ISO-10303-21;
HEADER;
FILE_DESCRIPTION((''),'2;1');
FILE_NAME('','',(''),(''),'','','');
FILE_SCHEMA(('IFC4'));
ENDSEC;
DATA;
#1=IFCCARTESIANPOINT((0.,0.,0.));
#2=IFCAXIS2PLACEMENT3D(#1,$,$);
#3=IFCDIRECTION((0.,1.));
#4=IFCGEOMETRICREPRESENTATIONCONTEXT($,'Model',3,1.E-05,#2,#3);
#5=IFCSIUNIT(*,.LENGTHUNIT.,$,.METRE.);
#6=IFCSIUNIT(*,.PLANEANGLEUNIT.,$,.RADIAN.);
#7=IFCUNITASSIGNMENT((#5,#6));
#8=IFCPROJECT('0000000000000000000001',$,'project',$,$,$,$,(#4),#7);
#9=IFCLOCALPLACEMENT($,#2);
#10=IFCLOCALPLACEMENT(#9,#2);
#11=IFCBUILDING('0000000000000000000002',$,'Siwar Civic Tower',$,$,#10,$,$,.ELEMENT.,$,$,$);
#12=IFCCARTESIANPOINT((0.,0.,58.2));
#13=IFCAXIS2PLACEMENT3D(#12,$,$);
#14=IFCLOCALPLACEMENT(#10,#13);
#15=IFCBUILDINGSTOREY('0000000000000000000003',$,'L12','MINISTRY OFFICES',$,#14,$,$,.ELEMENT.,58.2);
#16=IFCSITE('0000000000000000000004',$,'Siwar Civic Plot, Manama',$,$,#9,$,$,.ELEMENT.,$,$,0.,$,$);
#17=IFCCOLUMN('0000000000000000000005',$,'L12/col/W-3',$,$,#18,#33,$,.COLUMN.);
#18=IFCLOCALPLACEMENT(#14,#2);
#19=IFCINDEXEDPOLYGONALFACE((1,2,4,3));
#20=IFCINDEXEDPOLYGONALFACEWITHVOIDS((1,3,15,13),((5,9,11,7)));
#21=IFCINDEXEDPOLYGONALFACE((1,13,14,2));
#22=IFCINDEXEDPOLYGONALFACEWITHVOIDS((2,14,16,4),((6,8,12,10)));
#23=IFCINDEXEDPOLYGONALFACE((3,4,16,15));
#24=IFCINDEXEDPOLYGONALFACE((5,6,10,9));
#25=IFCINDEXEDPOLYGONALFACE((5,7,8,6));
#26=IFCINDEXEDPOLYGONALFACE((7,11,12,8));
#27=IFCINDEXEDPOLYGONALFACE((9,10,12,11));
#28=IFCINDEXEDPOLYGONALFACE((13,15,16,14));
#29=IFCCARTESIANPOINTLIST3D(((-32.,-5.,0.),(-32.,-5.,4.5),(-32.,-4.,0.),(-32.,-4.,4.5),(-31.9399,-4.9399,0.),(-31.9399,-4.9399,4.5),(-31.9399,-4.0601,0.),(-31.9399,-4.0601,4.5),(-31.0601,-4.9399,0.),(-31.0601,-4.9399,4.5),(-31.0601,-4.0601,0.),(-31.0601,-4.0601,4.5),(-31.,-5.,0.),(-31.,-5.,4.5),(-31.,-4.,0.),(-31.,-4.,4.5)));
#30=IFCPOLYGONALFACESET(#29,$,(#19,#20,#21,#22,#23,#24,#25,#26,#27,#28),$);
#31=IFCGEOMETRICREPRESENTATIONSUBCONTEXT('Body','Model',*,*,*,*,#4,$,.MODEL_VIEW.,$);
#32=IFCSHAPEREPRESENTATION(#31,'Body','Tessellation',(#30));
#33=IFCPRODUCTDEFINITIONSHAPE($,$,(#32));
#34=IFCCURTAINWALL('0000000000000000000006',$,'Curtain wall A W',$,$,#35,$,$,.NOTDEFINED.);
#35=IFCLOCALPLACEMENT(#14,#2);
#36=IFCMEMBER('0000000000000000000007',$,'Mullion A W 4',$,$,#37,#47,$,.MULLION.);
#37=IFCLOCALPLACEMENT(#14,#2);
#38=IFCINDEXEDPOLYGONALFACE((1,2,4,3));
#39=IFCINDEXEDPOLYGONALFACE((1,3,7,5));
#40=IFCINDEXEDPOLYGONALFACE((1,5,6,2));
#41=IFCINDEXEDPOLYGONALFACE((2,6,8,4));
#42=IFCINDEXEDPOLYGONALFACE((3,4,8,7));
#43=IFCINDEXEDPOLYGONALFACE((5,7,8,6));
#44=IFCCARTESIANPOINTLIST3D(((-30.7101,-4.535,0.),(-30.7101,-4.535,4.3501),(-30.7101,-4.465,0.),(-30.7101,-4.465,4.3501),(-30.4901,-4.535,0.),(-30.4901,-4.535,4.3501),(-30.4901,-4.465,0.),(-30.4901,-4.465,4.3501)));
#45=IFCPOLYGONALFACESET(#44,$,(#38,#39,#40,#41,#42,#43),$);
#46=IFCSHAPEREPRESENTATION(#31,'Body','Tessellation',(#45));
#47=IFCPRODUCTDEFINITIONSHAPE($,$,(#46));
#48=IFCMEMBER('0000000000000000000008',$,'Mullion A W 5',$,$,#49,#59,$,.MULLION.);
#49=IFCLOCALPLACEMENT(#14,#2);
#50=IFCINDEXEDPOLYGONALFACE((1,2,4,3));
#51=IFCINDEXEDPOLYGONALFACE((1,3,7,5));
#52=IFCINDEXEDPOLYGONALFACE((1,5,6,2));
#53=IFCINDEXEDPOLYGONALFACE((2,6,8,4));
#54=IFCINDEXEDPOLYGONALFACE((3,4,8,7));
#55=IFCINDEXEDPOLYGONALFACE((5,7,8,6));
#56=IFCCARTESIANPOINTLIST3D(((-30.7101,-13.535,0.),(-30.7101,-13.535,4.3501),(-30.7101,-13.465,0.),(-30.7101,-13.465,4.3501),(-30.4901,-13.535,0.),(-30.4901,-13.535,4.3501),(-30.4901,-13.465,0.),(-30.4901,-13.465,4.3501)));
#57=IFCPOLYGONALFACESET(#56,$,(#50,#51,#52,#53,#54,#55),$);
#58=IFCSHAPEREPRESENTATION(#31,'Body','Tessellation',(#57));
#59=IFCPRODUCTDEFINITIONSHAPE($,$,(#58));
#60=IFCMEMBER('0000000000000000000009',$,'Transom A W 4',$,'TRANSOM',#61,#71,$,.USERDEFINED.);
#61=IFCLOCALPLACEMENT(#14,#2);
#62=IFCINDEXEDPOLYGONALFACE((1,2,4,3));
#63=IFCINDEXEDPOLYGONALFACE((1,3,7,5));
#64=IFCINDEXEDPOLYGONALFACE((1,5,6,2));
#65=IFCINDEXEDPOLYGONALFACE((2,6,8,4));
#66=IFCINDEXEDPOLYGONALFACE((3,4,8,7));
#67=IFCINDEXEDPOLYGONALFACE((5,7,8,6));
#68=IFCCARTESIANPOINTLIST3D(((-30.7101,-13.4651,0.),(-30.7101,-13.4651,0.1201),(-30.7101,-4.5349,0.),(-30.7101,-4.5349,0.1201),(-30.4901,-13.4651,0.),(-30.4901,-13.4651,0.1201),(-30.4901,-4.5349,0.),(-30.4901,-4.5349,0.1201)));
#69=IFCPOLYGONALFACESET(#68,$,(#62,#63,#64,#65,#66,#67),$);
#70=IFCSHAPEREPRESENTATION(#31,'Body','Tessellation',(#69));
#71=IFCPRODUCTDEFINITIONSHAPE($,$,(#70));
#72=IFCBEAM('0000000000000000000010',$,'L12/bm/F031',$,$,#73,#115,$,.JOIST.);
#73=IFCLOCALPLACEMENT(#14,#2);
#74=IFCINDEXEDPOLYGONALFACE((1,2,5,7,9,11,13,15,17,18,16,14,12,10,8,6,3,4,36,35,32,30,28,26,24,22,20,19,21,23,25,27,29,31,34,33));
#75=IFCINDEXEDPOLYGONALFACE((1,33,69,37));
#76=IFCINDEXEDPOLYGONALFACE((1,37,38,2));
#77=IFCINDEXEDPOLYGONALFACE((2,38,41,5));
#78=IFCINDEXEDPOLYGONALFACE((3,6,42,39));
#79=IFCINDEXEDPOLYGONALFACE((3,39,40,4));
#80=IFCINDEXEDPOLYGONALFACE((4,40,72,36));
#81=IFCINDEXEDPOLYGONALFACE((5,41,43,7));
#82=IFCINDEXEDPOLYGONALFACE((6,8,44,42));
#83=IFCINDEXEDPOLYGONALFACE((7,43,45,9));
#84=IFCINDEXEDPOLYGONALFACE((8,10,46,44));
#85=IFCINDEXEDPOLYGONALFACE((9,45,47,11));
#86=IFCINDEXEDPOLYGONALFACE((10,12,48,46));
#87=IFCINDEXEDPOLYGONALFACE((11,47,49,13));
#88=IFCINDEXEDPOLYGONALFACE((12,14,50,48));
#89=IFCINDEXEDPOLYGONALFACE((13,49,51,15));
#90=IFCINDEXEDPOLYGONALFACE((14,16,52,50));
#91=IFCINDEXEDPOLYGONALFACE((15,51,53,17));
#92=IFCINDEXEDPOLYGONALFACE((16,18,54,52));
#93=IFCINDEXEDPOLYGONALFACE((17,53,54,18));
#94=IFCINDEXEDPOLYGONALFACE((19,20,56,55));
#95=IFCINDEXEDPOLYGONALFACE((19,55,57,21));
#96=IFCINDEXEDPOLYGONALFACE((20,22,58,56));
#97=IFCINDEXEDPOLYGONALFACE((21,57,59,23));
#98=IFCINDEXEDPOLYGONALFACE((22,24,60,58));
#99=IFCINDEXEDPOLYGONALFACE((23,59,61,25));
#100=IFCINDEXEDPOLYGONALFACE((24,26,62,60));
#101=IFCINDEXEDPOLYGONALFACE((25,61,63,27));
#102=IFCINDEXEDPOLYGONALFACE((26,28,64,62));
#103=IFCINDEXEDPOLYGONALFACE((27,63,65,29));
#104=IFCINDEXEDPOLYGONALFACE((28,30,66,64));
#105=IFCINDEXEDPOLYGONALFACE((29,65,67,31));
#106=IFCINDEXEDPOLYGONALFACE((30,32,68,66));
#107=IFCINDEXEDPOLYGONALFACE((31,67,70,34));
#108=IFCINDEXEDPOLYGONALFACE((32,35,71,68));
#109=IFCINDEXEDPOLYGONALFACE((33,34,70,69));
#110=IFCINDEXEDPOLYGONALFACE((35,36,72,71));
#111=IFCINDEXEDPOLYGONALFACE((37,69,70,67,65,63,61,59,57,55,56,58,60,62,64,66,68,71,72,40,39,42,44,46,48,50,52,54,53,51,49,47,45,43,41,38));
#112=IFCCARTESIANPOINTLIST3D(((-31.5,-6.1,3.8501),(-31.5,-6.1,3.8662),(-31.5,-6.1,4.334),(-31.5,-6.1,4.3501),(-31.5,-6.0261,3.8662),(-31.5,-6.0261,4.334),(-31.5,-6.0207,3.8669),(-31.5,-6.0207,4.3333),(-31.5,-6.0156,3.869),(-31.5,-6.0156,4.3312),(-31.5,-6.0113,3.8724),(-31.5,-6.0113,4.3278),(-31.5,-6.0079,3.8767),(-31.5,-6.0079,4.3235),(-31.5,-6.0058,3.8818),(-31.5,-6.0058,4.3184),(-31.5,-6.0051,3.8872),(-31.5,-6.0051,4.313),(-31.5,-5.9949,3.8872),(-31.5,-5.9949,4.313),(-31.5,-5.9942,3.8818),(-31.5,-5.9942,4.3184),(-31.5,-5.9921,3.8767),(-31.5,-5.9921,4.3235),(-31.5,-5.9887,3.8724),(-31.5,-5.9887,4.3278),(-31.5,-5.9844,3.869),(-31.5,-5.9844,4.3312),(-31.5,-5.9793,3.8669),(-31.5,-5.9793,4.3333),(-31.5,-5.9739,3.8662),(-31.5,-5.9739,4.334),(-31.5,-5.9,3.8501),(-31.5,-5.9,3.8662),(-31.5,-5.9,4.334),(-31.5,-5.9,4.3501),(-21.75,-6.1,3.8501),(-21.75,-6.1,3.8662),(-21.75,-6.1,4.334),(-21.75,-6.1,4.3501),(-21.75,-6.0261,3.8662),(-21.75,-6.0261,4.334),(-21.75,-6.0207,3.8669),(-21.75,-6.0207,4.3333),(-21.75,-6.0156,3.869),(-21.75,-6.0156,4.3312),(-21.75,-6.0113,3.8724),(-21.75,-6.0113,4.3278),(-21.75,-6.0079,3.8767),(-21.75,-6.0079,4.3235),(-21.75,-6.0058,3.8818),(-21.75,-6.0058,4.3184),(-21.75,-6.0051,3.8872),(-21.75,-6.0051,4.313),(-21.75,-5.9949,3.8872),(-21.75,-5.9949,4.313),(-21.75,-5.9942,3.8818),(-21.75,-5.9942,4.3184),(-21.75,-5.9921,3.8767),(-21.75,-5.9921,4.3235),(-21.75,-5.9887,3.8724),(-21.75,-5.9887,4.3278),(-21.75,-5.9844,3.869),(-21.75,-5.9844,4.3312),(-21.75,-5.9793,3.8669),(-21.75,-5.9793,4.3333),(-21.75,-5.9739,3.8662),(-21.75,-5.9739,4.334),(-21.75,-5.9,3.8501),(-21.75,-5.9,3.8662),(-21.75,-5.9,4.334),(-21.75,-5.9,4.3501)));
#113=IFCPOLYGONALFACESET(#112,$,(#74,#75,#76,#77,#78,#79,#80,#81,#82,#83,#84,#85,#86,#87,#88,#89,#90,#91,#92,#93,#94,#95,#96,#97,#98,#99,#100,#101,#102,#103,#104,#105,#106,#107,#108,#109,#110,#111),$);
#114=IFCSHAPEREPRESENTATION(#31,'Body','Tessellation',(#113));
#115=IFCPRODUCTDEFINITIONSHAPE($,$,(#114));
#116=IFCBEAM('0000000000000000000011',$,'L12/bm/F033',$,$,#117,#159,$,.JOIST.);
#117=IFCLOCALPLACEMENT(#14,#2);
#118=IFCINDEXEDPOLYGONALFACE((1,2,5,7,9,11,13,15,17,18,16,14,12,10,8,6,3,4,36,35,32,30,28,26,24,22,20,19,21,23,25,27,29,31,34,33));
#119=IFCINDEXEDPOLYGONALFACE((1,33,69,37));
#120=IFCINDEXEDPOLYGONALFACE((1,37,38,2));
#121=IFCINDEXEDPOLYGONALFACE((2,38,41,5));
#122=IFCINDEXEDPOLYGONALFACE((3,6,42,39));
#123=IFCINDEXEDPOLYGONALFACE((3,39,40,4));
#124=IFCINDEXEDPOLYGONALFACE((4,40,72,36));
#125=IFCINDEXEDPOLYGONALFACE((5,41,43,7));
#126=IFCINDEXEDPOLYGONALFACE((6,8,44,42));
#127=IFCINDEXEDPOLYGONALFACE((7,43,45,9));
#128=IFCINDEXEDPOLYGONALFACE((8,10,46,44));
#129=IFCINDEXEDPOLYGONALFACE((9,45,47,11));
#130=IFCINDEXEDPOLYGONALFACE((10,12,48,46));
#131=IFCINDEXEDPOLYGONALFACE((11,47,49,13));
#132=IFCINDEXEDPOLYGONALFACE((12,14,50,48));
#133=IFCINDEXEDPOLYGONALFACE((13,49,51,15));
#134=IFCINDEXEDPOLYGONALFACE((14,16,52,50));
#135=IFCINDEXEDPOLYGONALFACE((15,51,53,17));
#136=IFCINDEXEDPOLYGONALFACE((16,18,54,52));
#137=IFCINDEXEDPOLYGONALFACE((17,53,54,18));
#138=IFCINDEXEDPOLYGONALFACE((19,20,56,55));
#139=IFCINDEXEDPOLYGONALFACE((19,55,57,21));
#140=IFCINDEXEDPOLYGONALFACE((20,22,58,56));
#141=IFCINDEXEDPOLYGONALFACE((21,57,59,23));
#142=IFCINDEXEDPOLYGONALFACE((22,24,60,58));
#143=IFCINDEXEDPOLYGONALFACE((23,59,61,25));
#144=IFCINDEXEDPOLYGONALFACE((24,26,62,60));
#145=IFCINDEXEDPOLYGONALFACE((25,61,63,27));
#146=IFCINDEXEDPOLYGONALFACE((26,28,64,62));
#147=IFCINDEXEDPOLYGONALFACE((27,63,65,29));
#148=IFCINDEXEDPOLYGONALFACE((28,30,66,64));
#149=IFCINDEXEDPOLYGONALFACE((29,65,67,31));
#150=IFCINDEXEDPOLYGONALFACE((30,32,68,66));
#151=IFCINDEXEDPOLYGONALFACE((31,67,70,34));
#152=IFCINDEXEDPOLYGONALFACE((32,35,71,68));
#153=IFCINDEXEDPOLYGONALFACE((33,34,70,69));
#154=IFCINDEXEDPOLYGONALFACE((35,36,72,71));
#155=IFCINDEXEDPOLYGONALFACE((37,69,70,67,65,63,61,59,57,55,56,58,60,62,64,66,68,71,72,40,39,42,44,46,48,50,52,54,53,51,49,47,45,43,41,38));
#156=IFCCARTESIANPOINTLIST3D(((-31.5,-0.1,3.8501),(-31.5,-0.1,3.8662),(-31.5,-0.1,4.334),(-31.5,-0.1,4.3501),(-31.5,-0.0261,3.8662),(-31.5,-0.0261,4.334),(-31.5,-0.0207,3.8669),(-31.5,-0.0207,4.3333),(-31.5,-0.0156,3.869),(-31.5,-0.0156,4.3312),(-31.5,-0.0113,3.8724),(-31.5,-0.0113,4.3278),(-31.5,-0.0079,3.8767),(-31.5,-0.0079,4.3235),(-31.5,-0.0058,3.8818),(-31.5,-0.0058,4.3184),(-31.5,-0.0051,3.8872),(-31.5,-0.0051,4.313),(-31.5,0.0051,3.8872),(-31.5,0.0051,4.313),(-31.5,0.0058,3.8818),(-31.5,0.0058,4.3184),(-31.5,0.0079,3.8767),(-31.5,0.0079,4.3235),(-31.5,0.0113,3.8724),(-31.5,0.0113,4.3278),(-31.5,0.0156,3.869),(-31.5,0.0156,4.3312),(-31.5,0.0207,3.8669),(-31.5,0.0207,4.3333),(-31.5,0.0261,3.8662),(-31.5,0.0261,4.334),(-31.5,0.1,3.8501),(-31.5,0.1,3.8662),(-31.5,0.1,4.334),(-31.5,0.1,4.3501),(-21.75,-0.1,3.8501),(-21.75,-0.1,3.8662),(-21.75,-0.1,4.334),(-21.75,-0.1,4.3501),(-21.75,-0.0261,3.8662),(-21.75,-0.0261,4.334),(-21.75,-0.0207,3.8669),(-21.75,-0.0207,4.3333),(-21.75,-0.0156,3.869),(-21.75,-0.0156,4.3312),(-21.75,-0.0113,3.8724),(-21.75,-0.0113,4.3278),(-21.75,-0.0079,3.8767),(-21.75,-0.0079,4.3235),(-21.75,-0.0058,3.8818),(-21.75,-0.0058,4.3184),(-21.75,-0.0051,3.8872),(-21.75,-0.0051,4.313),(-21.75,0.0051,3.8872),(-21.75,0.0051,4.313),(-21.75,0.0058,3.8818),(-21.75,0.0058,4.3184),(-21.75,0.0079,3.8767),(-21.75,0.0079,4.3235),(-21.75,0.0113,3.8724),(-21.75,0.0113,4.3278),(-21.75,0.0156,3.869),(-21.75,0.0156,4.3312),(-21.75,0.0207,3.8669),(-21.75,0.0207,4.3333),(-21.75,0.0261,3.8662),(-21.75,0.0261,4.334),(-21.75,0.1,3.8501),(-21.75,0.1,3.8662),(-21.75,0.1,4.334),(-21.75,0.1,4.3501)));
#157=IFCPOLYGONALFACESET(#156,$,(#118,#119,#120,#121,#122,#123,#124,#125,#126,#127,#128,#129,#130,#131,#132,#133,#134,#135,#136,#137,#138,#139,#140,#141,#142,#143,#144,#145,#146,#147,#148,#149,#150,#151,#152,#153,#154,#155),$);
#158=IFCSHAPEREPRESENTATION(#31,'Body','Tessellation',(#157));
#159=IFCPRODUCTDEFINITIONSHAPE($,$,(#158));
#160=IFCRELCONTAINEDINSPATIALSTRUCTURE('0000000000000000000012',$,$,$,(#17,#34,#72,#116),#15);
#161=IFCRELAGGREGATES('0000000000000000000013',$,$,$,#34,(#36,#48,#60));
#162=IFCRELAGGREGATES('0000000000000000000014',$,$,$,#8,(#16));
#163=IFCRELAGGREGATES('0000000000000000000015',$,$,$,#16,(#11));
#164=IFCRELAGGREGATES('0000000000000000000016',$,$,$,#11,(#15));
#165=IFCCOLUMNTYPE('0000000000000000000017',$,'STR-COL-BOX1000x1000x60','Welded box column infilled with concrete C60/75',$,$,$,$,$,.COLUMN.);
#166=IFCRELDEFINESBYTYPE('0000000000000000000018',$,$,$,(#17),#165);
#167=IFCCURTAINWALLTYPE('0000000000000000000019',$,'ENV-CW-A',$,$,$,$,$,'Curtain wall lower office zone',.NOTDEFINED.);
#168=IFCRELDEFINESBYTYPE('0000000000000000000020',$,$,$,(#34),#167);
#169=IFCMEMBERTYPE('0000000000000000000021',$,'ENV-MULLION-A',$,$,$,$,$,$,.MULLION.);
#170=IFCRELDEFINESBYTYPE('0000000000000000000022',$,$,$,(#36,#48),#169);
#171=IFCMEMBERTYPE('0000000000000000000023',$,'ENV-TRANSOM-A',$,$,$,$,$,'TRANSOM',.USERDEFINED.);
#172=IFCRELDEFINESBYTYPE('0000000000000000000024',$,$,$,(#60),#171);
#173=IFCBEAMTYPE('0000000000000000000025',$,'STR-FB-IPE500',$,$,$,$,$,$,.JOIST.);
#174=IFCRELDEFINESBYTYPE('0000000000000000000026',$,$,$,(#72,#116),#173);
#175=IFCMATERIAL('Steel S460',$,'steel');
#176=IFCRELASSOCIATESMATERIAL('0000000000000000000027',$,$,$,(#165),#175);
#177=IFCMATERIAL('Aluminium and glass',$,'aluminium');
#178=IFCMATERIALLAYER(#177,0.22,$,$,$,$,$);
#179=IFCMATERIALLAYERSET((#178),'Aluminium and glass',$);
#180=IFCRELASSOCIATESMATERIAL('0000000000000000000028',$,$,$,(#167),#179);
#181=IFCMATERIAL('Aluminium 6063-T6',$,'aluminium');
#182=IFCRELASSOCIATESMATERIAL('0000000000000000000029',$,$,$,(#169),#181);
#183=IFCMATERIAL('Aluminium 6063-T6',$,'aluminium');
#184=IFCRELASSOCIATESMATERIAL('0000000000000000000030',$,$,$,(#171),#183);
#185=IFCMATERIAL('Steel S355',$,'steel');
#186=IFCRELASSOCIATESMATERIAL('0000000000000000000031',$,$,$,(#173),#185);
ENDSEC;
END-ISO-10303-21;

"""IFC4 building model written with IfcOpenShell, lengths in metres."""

from ifc_helpers import new_model, si_unit, direction, frame, origin, origin_2d, place, context, subcontext, project, spatial, rectangle, hollow_rectangle, i_section, extrude, material, layer, layer_set, material_profile, profile_set, type_object, element, aggregate, save


model = new_model("IFC4")

# Units and contexts
model_context = context("Model", 3, precision=1e-05, world=origin(), true_north=direction((0.0, 1.0)))
body_context = subcontext(model_context, "Body", "Model", "MODEL_VIEW")
ifc_project = project(units=[si_unit("LENGTHUNIT", "METRE"), si_unit("PLANEANGLEUNIT", "RADIAN")], contexts=[model_context])

# Site, building, storey
site_placement = place(None, origin())
site = spatial("IfcSite", under=ifc_project, at=site_placement, Name="Siwar Civic Plot, Manama", CompositionType="ELEMENT", RefElevation=0.0)
building_placement = place(site_placement, origin())
building = spatial("IfcBuilding", under=site, at=building_placement, Name="Siwar Civic Tower", CompositionType="ELEMENT")
storey_placement = place(building_placement, frame((0.0, 0.0, 58.2)))
storey = spatial("IfcBuildingStorey", under=building, at=storey_placement, Name="L12", Description="MINISTRY OFFICES", CompositionType="ELEMENT", Elevation=58.2)

# Column
ifc_material_1 = material(Name="Steel S460", Category="steel")
ifc_material_profile_1 = material_profile(ifc_material_1, hollow_rectangle(XDim=1.0, YDim=1.0, WallThickness=0.0601, at=origin_2d()), Name="BOX1000x1000x60")
ifc_profile_set_1 = profile_set([ifc_material_profile_1], Name="Steel S460")
column_type = type_object("IfcColumnType", Name="STR-COL-BOX1000x1000x60", Description="Welded box column infilled with concrete C60/75", PredefinedType="COLUMN", material=ifc_profile_set_1)
column_placement = place(storey_placement, frame((-31.5, -4.5, 0.0), z_axis=(0.0, 0.0, 1.0), x_axis=(1.0, 0.0, 0.0)))
element("IfcColumn", 1, at=column_placement, inside=storey, type_object=column_type, Name="L12/col/W-3", PredefinedType="COLUMN", context=body_context, shape_type="SweptSolid", body=[
    extrude(hollow_rectangle(XDim=1.0, YDim=1.0, WallThickness=0.0601, at=origin_2d()), origin(), (0.0, 0.0, 1.0), 4.5),
])

# Curtain wall, members
ifc_material_2 = material(Name="Aluminium and glass", Category="aluminium")
ifc_layer_1 = layer(ifc_material_2, 0.22)
ifc_layer_set_1 = layer_set([ifc_layer_1], Name="Aluminium and glass")
curtain_wall_type = type_object("IfcCurtainWallType", Name="ENV-CW-A", ElementType="Curtain wall lower office zone", PredefinedType="NOTDEFINED", material=ifc_layer_set_1)
curtain_wall_placement = place(storey_placement, origin())
curtain_wall = element("IfcCurtainWall", 2, at=curtain_wall_placement, inside=storey, type_object=curtain_wall_type, Name="Curtain wall A W", PredefinedType="NOTDEFINED")
ifc_material_3 = material(Name="Aluminium 6063-T6", Category="aluminium")
ifc_material_profile_2 = material_profile(ifc_material_3, rectangle(XDim=0.22, YDim=0.0701, at=origin_2d()), Name="AL 220x70")
ifc_profile_set_2 = profile_set([ifc_material_profile_2], Name="Aluminium 6063-T6")
member_type_1 = type_object("IfcMemberType", Name="ENV-MULLION-A", PredefinedType="MULLION", material=ifc_profile_set_2)
member_1_placement = place(storey_placement, frame((-30.6001, -4.5, 0.0), z_axis=(0.0, 0.0, 1.0), x_axis=(1.0, 0.0, 0.0)))
member_1 = element("IfcMember", 3, at=member_1_placement, type_object=member_type_1, Name="Mullion A W 4", PredefinedType="MULLION", context=body_context, shape_type="SweptSolid", body=[
    extrude(rectangle(XDim=0.22, YDim=0.0701, at=origin_2d()), origin(), (0.0, 0.0, 1.0), 4.3501),
])
member_2_placement = place(storey_placement, frame((-30.6001, -13.5, 0.0), z_axis=(0.0, 0.0, 1.0), x_axis=(1.0, 0.0, 0.0)))
member_2 = element("IfcMember", 4, at=member_2_placement, type_object=member_type_1, Name="Mullion A W 5", PredefinedType="MULLION", context=body_context, shape_type="SweptSolid", body=[
    extrude(rectangle(XDim=0.22, YDim=0.0701, at=origin_2d()), origin(), (0.0, 0.0, 1.0), 4.3501),
])
ifc_material_4 = material(Name="Aluminium 6063-T6", Category="aluminium")
ifc_material_profile_3 = material_profile(ifc_material_4, rectangle(XDim=0.22, YDim=0.1201, at=origin_2d()), Name="AL 220x120")
ifc_profile_set_3 = profile_set([ifc_material_profile_3], Name="Aluminium 6063-T6")
member_type_2 = type_object("IfcMemberType", Name="ENV-TRANSOM-A", ElementType="TRANSOM", PredefinedType="USERDEFINED", material=ifc_profile_set_3)
member_3_placement = place(storey_placement, frame((-30.6001, -4.5349, 0.0601), z_axis=(0.0, -1.0, 0.0), x_axis=(1.0, 0.0, 0.0)))
member_3 = element("IfcMember", 5, at=member_3_placement, type_object=member_type_2, Name="Transom A W 4", ObjectType="TRANSOM", PredefinedType="USERDEFINED", context=body_context, shape_type="SweptSolid", body=[
    extrude(rectangle(XDim=0.22, YDim=0.1201, at=origin_2d()), origin(), (0.0, 0.0, 1.0), 8.9302),
])

# Beams
ifc_material_5 = material(Name="Steel S355", Category="steel")
ifc_material_profile_4 = material_profile(ifc_material_5, i_section(OverallWidth=0.2, OverallDepth=0.5, WebThickness=0.0103, FlangeThickness=0.0161, FilletRadius=0.021, at=origin_2d()), Name="IPE500")
ifc_profile_set_4 = profile_set([ifc_material_profile_4], Name="Steel S355")
beam_type_1 = type_object("IfcBeamType", Name="STR-FB-IPE500", PredefinedType="JOIST", material=ifc_profile_set_4)
for number, where, z_axis, x_axis, name in (
    (6, (-31.5, -6.0, 4.1001), (1.0, 0.0, 0.0), (0.0, 1.0, 0.0), "L12/bm/F031"),
    (7, (-31.5, 0.0, 4.1001), (1.0, 0.0, 0.0), (0.0, 1.0, 0.0), "L12/bm/F033"),
):
    element("IfcBeam", number, at=place(storey_placement, frame(where, z_axis=z_axis, x_axis=x_axis)), inside=storey, type_object=beam_type_1, Name=name, PredefinedType="JOIST", context=body_context, shape_type="SweptSolid", body=[
        extrude(i_section(OverallWidth=0.2, OverallDepth=0.5, WebThickness=0.0103, FlangeThickness=0.0161, FilletRadius=0.021, at=origin_2d()), origin(), (0.0, 0.0, 1.0), 9.75),
    ])

aggregate(curtain_wall, [member_1, member_2, member_3])

save(model, "model.ifc")
